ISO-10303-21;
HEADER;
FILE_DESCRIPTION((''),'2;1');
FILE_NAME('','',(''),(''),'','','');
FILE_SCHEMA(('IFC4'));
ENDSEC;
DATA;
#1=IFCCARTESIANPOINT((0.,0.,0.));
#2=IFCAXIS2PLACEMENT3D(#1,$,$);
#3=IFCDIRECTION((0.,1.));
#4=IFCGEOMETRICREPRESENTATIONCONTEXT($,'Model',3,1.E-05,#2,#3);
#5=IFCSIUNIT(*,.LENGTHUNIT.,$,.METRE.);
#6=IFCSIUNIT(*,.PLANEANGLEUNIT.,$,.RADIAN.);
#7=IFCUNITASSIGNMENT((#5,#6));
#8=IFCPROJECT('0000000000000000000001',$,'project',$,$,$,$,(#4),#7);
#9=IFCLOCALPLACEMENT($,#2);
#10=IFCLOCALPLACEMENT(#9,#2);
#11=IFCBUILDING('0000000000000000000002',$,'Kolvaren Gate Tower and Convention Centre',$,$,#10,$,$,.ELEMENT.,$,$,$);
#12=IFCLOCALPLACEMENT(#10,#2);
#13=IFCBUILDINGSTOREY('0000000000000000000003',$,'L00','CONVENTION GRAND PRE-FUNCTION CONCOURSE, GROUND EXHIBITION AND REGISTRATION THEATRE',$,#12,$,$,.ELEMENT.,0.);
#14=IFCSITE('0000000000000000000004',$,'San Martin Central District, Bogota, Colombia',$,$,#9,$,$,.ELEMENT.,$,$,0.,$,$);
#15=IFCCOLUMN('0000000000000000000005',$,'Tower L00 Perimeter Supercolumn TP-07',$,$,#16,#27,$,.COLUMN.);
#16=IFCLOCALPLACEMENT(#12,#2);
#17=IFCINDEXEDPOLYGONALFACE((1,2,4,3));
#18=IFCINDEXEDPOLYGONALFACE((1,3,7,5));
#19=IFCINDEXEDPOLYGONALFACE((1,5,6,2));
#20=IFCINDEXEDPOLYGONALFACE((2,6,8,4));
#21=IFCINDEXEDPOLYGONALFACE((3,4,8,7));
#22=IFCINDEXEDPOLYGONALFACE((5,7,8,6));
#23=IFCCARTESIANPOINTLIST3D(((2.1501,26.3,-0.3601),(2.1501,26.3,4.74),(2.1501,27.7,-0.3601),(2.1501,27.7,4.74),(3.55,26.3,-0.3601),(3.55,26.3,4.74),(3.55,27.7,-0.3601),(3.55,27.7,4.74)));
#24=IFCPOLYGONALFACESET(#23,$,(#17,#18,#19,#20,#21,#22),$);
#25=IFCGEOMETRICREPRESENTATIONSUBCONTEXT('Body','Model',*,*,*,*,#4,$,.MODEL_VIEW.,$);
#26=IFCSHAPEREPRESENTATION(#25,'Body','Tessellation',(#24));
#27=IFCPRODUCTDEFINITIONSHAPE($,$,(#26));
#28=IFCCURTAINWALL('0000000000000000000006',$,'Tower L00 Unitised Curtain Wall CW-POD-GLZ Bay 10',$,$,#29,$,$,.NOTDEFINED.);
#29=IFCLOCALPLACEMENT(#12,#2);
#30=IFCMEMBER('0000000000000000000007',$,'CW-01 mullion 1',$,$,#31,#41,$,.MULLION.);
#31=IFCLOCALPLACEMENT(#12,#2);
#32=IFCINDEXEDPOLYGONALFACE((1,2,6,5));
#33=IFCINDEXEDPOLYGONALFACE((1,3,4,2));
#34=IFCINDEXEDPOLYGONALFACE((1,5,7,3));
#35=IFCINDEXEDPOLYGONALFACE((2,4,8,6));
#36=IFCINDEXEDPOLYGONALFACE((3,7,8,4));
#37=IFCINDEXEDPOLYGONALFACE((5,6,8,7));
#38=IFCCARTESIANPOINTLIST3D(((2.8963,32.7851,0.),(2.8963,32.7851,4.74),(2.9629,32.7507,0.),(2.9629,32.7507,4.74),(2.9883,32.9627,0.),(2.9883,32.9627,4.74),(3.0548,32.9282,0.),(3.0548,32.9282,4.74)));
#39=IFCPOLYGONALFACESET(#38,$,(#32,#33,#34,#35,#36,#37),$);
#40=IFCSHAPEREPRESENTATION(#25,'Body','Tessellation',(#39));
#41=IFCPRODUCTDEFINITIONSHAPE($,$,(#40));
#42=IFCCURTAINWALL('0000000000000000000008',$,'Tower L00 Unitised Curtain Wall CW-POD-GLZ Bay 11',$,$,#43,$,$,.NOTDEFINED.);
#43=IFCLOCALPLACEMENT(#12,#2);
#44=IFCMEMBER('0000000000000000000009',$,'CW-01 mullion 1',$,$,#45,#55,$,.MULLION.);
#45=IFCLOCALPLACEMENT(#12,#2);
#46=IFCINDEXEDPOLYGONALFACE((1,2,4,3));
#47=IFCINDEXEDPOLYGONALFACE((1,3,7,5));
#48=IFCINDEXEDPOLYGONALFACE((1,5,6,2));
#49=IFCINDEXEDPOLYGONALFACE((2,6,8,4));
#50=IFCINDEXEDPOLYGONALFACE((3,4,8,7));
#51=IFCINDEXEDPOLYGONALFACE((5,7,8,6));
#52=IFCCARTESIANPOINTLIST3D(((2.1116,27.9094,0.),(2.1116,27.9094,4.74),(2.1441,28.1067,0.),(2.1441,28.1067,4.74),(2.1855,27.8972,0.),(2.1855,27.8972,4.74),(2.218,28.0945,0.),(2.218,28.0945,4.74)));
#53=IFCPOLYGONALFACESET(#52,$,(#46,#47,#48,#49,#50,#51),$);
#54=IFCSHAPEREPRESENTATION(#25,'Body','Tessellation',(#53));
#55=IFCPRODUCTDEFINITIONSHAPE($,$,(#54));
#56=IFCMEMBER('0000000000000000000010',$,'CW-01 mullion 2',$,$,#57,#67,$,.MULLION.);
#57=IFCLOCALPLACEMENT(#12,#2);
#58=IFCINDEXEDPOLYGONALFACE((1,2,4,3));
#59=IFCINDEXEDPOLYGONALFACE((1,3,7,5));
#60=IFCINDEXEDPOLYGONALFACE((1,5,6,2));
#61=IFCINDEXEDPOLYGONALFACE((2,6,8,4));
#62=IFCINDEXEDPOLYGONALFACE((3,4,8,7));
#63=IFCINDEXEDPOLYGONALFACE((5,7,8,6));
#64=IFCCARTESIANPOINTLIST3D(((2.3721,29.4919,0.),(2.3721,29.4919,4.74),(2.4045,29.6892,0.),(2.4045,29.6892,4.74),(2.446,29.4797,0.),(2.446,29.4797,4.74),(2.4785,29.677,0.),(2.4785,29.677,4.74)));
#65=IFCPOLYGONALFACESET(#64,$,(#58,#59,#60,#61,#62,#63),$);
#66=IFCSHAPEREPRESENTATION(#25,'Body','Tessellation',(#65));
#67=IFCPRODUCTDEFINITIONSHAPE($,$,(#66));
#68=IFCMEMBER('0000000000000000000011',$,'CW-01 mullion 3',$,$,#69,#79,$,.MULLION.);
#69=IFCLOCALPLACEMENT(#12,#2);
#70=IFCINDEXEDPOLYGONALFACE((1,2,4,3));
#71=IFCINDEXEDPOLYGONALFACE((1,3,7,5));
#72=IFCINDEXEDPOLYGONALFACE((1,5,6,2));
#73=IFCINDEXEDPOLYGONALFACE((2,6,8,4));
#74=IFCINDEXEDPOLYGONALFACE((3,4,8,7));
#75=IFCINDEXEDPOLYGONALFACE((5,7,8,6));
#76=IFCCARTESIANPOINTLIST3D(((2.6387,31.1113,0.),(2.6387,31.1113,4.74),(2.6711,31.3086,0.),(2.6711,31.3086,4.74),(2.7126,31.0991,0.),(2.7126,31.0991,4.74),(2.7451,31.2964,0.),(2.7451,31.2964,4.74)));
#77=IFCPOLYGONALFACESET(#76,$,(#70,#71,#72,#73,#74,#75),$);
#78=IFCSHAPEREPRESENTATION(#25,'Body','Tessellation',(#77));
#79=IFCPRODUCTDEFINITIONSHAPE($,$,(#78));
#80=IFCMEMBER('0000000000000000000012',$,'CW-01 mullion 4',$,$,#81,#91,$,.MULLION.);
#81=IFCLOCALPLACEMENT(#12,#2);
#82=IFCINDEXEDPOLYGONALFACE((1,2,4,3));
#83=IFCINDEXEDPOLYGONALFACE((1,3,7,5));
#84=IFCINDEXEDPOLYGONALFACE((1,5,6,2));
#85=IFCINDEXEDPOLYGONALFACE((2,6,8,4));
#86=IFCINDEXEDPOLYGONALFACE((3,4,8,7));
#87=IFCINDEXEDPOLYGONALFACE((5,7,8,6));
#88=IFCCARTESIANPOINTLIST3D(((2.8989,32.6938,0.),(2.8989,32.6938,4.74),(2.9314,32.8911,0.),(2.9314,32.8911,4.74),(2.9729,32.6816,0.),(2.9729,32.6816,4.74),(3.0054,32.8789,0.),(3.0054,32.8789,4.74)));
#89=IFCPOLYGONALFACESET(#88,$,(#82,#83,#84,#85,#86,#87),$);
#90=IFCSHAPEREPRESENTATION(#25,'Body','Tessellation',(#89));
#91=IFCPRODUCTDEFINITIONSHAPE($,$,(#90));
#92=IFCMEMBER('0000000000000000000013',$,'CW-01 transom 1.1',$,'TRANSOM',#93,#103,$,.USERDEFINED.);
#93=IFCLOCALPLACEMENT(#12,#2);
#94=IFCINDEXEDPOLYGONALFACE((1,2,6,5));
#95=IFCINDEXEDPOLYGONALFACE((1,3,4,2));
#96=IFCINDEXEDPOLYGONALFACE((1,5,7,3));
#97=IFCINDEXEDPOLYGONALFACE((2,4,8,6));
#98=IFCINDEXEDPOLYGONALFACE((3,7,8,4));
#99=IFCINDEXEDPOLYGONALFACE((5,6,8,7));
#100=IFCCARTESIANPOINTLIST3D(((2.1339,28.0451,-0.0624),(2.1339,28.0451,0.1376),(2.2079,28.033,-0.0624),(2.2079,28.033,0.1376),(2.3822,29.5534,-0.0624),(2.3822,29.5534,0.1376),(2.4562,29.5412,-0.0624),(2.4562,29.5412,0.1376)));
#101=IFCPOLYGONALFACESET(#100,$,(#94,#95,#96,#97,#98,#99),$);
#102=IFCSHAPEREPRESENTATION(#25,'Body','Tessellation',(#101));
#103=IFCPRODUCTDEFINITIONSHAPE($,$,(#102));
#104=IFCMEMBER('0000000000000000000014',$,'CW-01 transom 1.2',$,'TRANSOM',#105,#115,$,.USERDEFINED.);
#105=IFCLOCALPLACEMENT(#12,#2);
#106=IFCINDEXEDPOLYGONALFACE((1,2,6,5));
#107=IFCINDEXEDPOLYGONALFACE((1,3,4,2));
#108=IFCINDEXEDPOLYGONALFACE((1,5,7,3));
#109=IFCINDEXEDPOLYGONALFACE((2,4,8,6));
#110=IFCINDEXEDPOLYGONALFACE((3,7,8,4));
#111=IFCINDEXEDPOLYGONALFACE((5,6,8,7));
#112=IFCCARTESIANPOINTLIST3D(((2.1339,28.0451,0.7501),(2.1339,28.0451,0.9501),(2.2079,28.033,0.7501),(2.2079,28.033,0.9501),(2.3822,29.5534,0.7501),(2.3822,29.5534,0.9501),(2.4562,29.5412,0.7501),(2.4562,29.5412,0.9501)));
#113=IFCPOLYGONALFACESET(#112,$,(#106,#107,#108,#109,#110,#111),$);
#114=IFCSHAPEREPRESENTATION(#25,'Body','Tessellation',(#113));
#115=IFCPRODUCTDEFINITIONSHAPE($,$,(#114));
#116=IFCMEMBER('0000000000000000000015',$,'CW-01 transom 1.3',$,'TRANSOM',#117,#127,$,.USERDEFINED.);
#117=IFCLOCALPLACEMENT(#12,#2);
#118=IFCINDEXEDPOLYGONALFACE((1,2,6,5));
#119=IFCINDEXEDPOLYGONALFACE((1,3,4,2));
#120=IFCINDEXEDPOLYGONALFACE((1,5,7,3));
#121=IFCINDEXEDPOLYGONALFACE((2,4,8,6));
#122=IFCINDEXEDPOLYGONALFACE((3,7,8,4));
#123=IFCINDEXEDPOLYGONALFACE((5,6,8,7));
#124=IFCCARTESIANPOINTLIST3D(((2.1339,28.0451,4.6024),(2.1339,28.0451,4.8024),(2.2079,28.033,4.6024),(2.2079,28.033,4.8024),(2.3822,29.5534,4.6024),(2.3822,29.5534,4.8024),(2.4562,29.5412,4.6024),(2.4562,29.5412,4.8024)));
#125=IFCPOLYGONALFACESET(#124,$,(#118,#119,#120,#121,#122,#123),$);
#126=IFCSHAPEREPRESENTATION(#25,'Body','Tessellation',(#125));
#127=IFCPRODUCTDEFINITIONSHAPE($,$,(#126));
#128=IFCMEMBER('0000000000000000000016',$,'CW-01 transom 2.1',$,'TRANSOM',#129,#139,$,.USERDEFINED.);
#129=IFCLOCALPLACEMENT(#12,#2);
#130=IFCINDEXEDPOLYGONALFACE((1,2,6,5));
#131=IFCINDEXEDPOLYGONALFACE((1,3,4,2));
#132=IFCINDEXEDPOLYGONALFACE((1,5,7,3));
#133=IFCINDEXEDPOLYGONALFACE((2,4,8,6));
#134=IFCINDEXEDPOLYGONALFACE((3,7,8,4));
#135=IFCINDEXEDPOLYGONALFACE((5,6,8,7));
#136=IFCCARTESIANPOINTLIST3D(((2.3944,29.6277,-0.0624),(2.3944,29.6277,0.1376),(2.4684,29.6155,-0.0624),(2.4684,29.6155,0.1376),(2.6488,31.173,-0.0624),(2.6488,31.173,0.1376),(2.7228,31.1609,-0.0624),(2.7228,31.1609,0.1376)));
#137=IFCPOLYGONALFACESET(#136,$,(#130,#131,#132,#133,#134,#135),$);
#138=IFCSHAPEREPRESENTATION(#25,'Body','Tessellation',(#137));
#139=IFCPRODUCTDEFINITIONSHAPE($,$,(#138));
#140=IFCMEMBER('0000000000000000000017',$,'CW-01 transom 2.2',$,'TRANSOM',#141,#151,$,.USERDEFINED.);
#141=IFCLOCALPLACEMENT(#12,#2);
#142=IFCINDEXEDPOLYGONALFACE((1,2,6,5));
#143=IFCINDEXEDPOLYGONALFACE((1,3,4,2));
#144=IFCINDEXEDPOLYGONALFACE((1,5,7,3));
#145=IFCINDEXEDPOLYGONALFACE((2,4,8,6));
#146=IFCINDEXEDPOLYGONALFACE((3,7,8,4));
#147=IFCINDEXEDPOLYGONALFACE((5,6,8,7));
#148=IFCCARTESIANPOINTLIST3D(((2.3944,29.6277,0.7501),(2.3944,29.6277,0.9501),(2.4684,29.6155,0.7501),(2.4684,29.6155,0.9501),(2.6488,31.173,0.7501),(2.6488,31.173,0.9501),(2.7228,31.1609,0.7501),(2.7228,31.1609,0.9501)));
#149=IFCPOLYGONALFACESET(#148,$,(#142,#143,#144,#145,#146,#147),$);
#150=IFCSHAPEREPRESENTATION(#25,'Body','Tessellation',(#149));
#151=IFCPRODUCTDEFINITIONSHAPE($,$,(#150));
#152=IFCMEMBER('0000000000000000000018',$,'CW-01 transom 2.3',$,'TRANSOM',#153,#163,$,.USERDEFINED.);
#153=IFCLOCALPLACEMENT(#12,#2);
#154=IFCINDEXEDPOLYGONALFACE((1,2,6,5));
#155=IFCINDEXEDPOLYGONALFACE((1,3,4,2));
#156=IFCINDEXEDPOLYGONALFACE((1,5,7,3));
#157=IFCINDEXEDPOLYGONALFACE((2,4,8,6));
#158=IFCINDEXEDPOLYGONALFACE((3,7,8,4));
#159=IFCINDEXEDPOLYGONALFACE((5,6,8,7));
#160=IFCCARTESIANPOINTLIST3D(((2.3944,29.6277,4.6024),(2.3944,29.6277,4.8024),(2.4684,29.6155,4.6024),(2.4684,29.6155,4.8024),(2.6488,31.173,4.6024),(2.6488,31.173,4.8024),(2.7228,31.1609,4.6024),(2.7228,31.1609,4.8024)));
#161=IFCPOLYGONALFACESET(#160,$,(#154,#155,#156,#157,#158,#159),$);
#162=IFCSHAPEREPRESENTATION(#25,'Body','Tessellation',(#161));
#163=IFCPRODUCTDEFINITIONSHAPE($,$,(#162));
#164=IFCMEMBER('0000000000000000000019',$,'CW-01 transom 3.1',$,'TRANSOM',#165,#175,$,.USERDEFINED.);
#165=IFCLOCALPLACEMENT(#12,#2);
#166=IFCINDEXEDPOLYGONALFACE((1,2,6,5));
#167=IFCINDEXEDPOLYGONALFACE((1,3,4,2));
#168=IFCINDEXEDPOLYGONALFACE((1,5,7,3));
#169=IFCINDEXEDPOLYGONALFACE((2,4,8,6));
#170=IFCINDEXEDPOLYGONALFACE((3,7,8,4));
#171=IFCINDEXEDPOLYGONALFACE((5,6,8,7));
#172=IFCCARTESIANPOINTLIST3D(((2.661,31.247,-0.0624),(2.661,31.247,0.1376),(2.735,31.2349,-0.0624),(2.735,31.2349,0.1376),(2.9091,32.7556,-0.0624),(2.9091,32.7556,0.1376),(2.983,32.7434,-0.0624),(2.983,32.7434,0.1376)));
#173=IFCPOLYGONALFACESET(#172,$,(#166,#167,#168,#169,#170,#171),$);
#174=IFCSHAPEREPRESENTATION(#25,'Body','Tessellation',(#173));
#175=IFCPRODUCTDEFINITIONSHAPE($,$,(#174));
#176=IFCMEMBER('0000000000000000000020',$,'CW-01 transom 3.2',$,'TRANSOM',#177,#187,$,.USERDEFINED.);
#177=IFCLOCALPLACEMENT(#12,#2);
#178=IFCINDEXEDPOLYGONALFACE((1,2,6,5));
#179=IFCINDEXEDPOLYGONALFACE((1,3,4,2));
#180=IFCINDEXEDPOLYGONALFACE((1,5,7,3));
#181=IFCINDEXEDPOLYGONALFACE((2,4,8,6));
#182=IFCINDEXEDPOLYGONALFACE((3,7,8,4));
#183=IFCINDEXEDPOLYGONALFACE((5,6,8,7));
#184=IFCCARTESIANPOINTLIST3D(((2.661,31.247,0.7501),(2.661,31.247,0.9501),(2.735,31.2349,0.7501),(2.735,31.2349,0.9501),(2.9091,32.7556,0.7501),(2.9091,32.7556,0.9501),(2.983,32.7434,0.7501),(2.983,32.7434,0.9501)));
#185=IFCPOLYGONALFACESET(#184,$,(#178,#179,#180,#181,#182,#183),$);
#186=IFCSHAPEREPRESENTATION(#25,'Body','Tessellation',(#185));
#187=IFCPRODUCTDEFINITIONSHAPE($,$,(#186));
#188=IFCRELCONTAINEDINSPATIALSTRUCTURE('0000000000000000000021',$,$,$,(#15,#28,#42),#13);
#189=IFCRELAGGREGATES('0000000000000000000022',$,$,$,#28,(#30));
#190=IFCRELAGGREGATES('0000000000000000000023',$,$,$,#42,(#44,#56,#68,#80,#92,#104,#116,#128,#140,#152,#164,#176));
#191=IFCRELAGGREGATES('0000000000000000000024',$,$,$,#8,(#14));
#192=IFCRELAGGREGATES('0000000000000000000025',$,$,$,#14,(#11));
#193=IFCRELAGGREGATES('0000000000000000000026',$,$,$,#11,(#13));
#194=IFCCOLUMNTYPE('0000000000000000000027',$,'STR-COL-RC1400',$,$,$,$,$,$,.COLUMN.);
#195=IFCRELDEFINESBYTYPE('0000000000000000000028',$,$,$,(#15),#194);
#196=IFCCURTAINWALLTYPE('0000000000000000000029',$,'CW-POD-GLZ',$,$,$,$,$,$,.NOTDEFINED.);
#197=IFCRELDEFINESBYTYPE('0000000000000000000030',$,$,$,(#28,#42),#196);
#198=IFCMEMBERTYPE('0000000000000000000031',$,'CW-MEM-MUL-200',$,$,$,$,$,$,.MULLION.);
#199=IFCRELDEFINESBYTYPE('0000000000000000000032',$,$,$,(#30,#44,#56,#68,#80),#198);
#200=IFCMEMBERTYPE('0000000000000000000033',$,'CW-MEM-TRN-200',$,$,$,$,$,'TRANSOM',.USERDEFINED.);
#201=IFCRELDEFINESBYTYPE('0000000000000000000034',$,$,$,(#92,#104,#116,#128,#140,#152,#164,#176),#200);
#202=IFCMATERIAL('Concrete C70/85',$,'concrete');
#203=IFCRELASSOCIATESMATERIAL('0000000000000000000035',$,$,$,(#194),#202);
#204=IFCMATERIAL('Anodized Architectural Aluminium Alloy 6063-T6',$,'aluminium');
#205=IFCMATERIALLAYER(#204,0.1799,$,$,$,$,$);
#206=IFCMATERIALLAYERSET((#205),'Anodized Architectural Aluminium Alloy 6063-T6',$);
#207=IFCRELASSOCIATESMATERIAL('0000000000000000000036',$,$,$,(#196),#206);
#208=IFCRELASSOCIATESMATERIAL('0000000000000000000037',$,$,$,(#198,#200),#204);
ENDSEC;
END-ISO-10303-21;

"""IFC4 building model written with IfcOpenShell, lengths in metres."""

from ifc_helpers import new_model, si_unit, direction, frame, origin, origin_2d, place, context, subcontext, project, spatial, rectangle, extrude, material, layer, layer_set, material_profile, profile_set, type_object, element, aggregate, save


model = new_model("IFC4")

# Units and contexts
model_context = context("Model", 3, precision=1e-05, world=origin(), true_north=direction((0.0, 1.0)))
body_context = subcontext(model_context, "Body", "Model", "MODEL_VIEW")
ifc_project = project(units=[si_unit("LENGTHUNIT", "METRE"), si_unit("PLANEANGLEUNIT", "RADIAN")], contexts=[model_context])

# Site, building, storey
site_placement = place(None, origin())
site = spatial("IfcSite", under=ifc_project, at=site_placement, Name="San Martin Central District, Bogota, Colombia", CompositionType="ELEMENT", RefElevation=0.0)
building_placement = place(site_placement, origin())
building = spatial("IfcBuilding", under=site, at=building_placement, Name="Kolvaren Gate Tower and Convention Centre", CompositionType="ELEMENT")
storey_placement = place(building_placement, origin())
storey = spatial("IfcBuildingStorey", under=building, at=storey_placement, Name="L00", Description="CONVENTION GRAND PRE-FUNCTION CONCOURSE, GROUND EXHIBITION AND REGISTRATION THEATRE", CompositionType="ELEMENT", Elevation=0.0)

# Column
ifc_material_1 = material(Name="Concrete C70/85", Category="concrete")
ifc_material_profile_1 = material_profile(ifc_material_1, rectangle(XDim=1.3999, YDim=1.3999, at=origin_2d()), Name="RC-COL-1400X1400")
ifc_profile_set_1 = profile_set([ifc_material_profile_1], Name="Concrete C70/85")
column_type = type_object("IfcColumnType", Name="STR-COL-RC1400", PredefinedType="COLUMN", material=ifc_profile_set_1)
column_placement = place(storey_placement, frame((2.8501, 27.0, -0.3601), z_axis=(0.0, 0.0, 1.0), x_axis=(1.0, 0.0, 0.0)))
element("IfcColumn", 1, at=column_placement, inside=storey, type_object=column_type, Name="Tower L00 Perimeter Supercolumn TP-07", PredefinedType="COLUMN", context=body_context, shape_type="SweptSolid", body=[
    extrude(rectangle(XDim=1.3999, YDim=1.3999, at=origin_2d()), origin(), (0.0, 0.0, 1.0), 5.1001),
])

# Curtain wall, member
ifc_material_2 = material(Name="Anodized Architectural Aluminium Alloy 6063-T6", Category="aluminium")
ifc_layer_1 = layer(ifc_material_2, 0.1799)
ifc_layer_set_1 = layer_set([ifc_layer_1], Name="Anodized Architectural Aluminium Alloy 6063-T6")
curtain_wall_type = type_object("IfcCurtainWallType", Name="CW-POD-GLZ", PredefinedType="NOTDEFINED", material=ifc_layer_set_1)
curtain_wall_1_placement = place(storey_placement, origin())
curtain_wall_1 = element("IfcCurtainWall", 2, at=curtain_wall_1_placement, inside=storey, type_object=curtain_wall_type, Name="Tower L00 Unitised Curtain Wall CW-POD-GLZ Bay 10", PredefinedType="NOTDEFINED")
ifc_material_profile_2 = material_profile(ifc_material_2, rectangle(XDim=0.075, YDim=0.2, at=origin_2d()), Name="CW-MEM-MUL-200")
ifc_profile_set_2 = profile_set([ifc_material_profile_2], Name="Anodized Architectural Aluminium Alloy 6063-T6")
member_type_1 = type_object("IfcMemberType", Name="CW-MEM-MUL-200", PredefinedType="MULLION", material=ifc_profile_set_2)
member_1_placement = place(storey_placement, frame((2.9756, 32.8567, 0.0), z_axis=(0.0, 0.0, 1.0), x_axis=(-0.888028, 0.459789, 0.0)))
member_1 = element("IfcMember", 3, at=member_1_placement, type_object=member_type_1, Name="CW-01 mullion 1", PredefinedType="MULLION", context=body_context, shape_type="SweptSolid", body=[
    extrude(rectangle(XDim=0.075, YDim=0.2, at=origin_2d()), origin(), (0.0, 0.0, 1.0), 4.74),
])
aggregate(curtain_wall_1, [member_1])

# Curtain wall, members
curtain_wall_2_placement = place(storey_placement, origin())
curtain_wall_2 = element("IfcCurtainWall", 4, at=curtain_wall_2_placement, inside=storey, type_object=curtain_wall_type, Name="Tower L00 Unitised Curtain Wall CW-POD-GLZ Bay 11", PredefinedType="NOTDEFINED")
member_2_placement = place(storey_placement, frame((2.1648, 28.002, 0.0), z_axis=(0.0, 0.0, 1.0), x_axis=(-0.986729, 0.162376, 0.0)))
member_2 = element("IfcMember", 5, at=member_2_placement, type_object=member_type_1, Name="CW-01 mullion 1", PredefinedType="MULLION", context=body_context, shape_type="SweptSolid", body=[
    extrude(rectangle(XDim=0.075, YDim=0.2, at=origin_2d()), origin(), (0.0, 0.0, 1.0), 4.74),
])
member_3_placement = place(storey_placement, frame((2.4253, 29.5845, 0.0), z_axis=(0.0, 0.0, 1.0), x_axis=(-0.986729, 0.162376, 0.0)))
member_3 = element("IfcMember", 6, at=member_3_placement, type_object=member_type_1, Name="CW-01 mullion 2", PredefinedType="MULLION", context=body_context, shape_type="SweptSolid", body=[
    extrude(rectangle(XDim=0.075, YDim=0.2, at=origin_2d()), origin(), (0.0, 0.0, 1.0), 4.74),
])
member_4_placement = place(storey_placement, frame((2.6919, 31.2039, 0.0), z_axis=(0.0, 0.0, 1.0), x_axis=(-0.986729, 0.162376, 0.0)))
member_4 = element("IfcMember", 7, at=member_4_placement, type_object=member_type_1, Name="CW-01 mullion 3", PredefinedType="MULLION", context=body_context, shape_type="SweptSolid", body=[
    extrude(rectangle(XDim=0.075, YDim=0.2, at=origin_2d()), origin(), (0.0, 0.0, 1.0), 4.74),
])
member_5_placement = place(storey_placement, frame((2.9521, 32.7864, 0.0), z_axis=(0.0, 0.0, 1.0), x_axis=(-0.986729, 0.162376, 0.0)))
member_5 = element("IfcMember", 8, at=member_5_placement, type_object=member_type_1, Name="CW-01 mullion 4", PredefinedType="MULLION", context=body_context, shape_type="SweptSolid", body=[
    extrude(rectangle(XDim=0.075, YDim=0.2, at=origin_2d()), origin(), (0.0, 0.0, 1.0), 4.74),
])
ifc_material_profile_3 = material_profile(ifc_material_2, rectangle(XDim=0.075, YDim=0.2, at=origin_2d()), Name="CW-MEM-TRN-200")
ifc_profile_set_3 = profile_set([ifc_material_profile_3], Name="Anodized Architectural Aluminium Alloy 6063-T6")
member_type_2 = type_object("IfcMemberType", Name="CW-MEM-TRN-200", ElementType="TRANSOM", PredefinedType="USERDEFINED", material=ifc_profile_set_3)
member_6_placement = place(storey_placement, frame((2.1709, 28.0391, 0.0376), z_axis=(0.16243, 0.98672, 0.0), x_axis=(-0.98672, 0.16243, 0.0)))
member_6 = element("IfcMember", 9, at=member_6_placement, type_object=member_type_2, Name="CW-01 transom 1.1", ObjectType="TRANSOM", PredefinedType="USERDEFINED", context=body_context, shape_type="SweptSolid", body=[
    extrude(rectangle(XDim=0.075, YDim=0.2, at=origin_2d()), origin(), (0.0, 0.0, 1.0), 1.5286),
])
member_7_placement = place(storey_placement, frame((2.1709, 28.0391, 0.8501), z_axis=(0.16243, 0.98672, 0.0), x_axis=(-0.98672, 0.16243, 0.0)))
member_7 = element("IfcMember", 10, at=member_7_placement, type_object=member_type_2, Name="CW-01 transom 1.2", ObjectType="TRANSOM", PredefinedType="USERDEFINED", context=body_context, shape_type="SweptSolid", body=[
    extrude(rectangle(XDim=0.075, YDim=0.2, at=origin_2d()), origin(), (0.0, 0.0, 1.0), 1.5286),
])
member_8_placement = place(storey_placement, frame((2.1709, 28.0391, 4.7024), z_axis=(0.16243, 0.98672, 0.0), x_axis=(-0.98672, 0.16243, 0.0)))
member_8 = element("IfcMember", 11, at=member_8_placement, type_object=member_type_2, Name="CW-01 transom 1.3", ObjectType="TRANSOM", PredefinedType="USERDEFINED", context=body_context, shape_type="SweptSolid", body=[
    extrude(rectangle(XDim=0.075, YDim=0.2, at=origin_2d()), origin(), (0.0, 0.0, 1.0), 1.5286),
])
member_9_placement = place(storey_placement, frame((2.4314, 29.6216, 0.0376), z_axis=(0.162427, 0.986721, 0.0), x_axis=(-0.986721, 0.162427, 0.0)))
member_9 = element("IfcMember", 12, at=member_9_placement, type_object=member_type_2, Name="CW-01 transom 2.1", ObjectType="TRANSOM", PredefinedType="USERDEFINED", context=body_context, shape_type="SweptSolid", body=[
    extrude(rectangle(XDim=0.075, YDim=0.2, at=origin_2d()), origin(), (0.0, 0.0, 1.0), 1.5662),
])
member_10_placement = place(storey_placement, frame((2.4314, 29.6216, 0.8501), z_axis=(0.162427, 0.986721, 0.0), x_axis=(-0.986721, 0.162427, 0.0)))
member_10 = element("IfcMember", 13, at=member_10_placement, type_object=member_type_2, Name="CW-01 transom 2.2", ObjectType="TRANSOM", PredefinedType="USERDEFINED", context=body_context, shape_type="SweptSolid", body=[
    extrude(rectangle(XDim=0.075, YDim=0.2, at=origin_2d()), origin(), (0.0, 0.0, 1.0), 1.5662),
])
member_11_placement = place(storey_placement, frame((2.4314, 29.6216, 4.7024), z_axis=(0.162427, 0.986721, 0.0), x_axis=(-0.986721, 0.162427, 0.0)))
member_11 = element("IfcMember", 14, at=member_11_placement, type_object=member_type_2, Name="CW-01 transom 2.3", ObjectType="TRANSOM", PredefinedType="USERDEFINED", context=body_context, shape_type="SweptSolid", body=[
    extrude(rectangle(XDim=0.075, YDim=0.2, at=origin_2d()), origin(), (0.0, 0.0, 1.0), 1.5662),
])
member_12_placement = place(storey_placement, frame((2.698, 31.241, 0.0376), z_axis=(0.162249, 0.98675, 0.0), x_axis=(-0.98675, 0.162249, 0.0)))
member_12 = element("IfcMember", 15, at=member_12_placement, type_object=member_type_2, Name="CW-01 transom 3.1", ObjectType="TRANSOM", PredefinedType="USERDEFINED", context=body_context, shape_type="SweptSolid", body=[
    extrude(rectangle(XDim=0.075, YDim=0.2, at=origin_2d()), origin(), (0.0, 0.0, 1.0), 1.5288),
])
member_13_placement = place(storey_placement, frame((2.698, 31.241, 0.8501), z_axis=(0.162249, 0.98675, 0.0), x_axis=(-0.98675, 0.162249, 0.0)))
member_13 = element("IfcMember", 16, at=member_13_placement, type_object=member_type_2, Name="CW-01 transom 3.2", ObjectType="TRANSOM", PredefinedType="USERDEFINED", context=body_context, shape_type="SweptSolid", body=[
    extrude(rectangle(XDim=0.075, YDim=0.2, at=origin_2d()), origin(), (0.0, 0.0, 1.0), 1.5288),
])

aggregate(curtain_wall_2, [member_2, member_3, member_4, member_5, member_6, member_7, member_8, member_9, member_10, member_11, member_12, member_13])

save(model, "model.ifc")
